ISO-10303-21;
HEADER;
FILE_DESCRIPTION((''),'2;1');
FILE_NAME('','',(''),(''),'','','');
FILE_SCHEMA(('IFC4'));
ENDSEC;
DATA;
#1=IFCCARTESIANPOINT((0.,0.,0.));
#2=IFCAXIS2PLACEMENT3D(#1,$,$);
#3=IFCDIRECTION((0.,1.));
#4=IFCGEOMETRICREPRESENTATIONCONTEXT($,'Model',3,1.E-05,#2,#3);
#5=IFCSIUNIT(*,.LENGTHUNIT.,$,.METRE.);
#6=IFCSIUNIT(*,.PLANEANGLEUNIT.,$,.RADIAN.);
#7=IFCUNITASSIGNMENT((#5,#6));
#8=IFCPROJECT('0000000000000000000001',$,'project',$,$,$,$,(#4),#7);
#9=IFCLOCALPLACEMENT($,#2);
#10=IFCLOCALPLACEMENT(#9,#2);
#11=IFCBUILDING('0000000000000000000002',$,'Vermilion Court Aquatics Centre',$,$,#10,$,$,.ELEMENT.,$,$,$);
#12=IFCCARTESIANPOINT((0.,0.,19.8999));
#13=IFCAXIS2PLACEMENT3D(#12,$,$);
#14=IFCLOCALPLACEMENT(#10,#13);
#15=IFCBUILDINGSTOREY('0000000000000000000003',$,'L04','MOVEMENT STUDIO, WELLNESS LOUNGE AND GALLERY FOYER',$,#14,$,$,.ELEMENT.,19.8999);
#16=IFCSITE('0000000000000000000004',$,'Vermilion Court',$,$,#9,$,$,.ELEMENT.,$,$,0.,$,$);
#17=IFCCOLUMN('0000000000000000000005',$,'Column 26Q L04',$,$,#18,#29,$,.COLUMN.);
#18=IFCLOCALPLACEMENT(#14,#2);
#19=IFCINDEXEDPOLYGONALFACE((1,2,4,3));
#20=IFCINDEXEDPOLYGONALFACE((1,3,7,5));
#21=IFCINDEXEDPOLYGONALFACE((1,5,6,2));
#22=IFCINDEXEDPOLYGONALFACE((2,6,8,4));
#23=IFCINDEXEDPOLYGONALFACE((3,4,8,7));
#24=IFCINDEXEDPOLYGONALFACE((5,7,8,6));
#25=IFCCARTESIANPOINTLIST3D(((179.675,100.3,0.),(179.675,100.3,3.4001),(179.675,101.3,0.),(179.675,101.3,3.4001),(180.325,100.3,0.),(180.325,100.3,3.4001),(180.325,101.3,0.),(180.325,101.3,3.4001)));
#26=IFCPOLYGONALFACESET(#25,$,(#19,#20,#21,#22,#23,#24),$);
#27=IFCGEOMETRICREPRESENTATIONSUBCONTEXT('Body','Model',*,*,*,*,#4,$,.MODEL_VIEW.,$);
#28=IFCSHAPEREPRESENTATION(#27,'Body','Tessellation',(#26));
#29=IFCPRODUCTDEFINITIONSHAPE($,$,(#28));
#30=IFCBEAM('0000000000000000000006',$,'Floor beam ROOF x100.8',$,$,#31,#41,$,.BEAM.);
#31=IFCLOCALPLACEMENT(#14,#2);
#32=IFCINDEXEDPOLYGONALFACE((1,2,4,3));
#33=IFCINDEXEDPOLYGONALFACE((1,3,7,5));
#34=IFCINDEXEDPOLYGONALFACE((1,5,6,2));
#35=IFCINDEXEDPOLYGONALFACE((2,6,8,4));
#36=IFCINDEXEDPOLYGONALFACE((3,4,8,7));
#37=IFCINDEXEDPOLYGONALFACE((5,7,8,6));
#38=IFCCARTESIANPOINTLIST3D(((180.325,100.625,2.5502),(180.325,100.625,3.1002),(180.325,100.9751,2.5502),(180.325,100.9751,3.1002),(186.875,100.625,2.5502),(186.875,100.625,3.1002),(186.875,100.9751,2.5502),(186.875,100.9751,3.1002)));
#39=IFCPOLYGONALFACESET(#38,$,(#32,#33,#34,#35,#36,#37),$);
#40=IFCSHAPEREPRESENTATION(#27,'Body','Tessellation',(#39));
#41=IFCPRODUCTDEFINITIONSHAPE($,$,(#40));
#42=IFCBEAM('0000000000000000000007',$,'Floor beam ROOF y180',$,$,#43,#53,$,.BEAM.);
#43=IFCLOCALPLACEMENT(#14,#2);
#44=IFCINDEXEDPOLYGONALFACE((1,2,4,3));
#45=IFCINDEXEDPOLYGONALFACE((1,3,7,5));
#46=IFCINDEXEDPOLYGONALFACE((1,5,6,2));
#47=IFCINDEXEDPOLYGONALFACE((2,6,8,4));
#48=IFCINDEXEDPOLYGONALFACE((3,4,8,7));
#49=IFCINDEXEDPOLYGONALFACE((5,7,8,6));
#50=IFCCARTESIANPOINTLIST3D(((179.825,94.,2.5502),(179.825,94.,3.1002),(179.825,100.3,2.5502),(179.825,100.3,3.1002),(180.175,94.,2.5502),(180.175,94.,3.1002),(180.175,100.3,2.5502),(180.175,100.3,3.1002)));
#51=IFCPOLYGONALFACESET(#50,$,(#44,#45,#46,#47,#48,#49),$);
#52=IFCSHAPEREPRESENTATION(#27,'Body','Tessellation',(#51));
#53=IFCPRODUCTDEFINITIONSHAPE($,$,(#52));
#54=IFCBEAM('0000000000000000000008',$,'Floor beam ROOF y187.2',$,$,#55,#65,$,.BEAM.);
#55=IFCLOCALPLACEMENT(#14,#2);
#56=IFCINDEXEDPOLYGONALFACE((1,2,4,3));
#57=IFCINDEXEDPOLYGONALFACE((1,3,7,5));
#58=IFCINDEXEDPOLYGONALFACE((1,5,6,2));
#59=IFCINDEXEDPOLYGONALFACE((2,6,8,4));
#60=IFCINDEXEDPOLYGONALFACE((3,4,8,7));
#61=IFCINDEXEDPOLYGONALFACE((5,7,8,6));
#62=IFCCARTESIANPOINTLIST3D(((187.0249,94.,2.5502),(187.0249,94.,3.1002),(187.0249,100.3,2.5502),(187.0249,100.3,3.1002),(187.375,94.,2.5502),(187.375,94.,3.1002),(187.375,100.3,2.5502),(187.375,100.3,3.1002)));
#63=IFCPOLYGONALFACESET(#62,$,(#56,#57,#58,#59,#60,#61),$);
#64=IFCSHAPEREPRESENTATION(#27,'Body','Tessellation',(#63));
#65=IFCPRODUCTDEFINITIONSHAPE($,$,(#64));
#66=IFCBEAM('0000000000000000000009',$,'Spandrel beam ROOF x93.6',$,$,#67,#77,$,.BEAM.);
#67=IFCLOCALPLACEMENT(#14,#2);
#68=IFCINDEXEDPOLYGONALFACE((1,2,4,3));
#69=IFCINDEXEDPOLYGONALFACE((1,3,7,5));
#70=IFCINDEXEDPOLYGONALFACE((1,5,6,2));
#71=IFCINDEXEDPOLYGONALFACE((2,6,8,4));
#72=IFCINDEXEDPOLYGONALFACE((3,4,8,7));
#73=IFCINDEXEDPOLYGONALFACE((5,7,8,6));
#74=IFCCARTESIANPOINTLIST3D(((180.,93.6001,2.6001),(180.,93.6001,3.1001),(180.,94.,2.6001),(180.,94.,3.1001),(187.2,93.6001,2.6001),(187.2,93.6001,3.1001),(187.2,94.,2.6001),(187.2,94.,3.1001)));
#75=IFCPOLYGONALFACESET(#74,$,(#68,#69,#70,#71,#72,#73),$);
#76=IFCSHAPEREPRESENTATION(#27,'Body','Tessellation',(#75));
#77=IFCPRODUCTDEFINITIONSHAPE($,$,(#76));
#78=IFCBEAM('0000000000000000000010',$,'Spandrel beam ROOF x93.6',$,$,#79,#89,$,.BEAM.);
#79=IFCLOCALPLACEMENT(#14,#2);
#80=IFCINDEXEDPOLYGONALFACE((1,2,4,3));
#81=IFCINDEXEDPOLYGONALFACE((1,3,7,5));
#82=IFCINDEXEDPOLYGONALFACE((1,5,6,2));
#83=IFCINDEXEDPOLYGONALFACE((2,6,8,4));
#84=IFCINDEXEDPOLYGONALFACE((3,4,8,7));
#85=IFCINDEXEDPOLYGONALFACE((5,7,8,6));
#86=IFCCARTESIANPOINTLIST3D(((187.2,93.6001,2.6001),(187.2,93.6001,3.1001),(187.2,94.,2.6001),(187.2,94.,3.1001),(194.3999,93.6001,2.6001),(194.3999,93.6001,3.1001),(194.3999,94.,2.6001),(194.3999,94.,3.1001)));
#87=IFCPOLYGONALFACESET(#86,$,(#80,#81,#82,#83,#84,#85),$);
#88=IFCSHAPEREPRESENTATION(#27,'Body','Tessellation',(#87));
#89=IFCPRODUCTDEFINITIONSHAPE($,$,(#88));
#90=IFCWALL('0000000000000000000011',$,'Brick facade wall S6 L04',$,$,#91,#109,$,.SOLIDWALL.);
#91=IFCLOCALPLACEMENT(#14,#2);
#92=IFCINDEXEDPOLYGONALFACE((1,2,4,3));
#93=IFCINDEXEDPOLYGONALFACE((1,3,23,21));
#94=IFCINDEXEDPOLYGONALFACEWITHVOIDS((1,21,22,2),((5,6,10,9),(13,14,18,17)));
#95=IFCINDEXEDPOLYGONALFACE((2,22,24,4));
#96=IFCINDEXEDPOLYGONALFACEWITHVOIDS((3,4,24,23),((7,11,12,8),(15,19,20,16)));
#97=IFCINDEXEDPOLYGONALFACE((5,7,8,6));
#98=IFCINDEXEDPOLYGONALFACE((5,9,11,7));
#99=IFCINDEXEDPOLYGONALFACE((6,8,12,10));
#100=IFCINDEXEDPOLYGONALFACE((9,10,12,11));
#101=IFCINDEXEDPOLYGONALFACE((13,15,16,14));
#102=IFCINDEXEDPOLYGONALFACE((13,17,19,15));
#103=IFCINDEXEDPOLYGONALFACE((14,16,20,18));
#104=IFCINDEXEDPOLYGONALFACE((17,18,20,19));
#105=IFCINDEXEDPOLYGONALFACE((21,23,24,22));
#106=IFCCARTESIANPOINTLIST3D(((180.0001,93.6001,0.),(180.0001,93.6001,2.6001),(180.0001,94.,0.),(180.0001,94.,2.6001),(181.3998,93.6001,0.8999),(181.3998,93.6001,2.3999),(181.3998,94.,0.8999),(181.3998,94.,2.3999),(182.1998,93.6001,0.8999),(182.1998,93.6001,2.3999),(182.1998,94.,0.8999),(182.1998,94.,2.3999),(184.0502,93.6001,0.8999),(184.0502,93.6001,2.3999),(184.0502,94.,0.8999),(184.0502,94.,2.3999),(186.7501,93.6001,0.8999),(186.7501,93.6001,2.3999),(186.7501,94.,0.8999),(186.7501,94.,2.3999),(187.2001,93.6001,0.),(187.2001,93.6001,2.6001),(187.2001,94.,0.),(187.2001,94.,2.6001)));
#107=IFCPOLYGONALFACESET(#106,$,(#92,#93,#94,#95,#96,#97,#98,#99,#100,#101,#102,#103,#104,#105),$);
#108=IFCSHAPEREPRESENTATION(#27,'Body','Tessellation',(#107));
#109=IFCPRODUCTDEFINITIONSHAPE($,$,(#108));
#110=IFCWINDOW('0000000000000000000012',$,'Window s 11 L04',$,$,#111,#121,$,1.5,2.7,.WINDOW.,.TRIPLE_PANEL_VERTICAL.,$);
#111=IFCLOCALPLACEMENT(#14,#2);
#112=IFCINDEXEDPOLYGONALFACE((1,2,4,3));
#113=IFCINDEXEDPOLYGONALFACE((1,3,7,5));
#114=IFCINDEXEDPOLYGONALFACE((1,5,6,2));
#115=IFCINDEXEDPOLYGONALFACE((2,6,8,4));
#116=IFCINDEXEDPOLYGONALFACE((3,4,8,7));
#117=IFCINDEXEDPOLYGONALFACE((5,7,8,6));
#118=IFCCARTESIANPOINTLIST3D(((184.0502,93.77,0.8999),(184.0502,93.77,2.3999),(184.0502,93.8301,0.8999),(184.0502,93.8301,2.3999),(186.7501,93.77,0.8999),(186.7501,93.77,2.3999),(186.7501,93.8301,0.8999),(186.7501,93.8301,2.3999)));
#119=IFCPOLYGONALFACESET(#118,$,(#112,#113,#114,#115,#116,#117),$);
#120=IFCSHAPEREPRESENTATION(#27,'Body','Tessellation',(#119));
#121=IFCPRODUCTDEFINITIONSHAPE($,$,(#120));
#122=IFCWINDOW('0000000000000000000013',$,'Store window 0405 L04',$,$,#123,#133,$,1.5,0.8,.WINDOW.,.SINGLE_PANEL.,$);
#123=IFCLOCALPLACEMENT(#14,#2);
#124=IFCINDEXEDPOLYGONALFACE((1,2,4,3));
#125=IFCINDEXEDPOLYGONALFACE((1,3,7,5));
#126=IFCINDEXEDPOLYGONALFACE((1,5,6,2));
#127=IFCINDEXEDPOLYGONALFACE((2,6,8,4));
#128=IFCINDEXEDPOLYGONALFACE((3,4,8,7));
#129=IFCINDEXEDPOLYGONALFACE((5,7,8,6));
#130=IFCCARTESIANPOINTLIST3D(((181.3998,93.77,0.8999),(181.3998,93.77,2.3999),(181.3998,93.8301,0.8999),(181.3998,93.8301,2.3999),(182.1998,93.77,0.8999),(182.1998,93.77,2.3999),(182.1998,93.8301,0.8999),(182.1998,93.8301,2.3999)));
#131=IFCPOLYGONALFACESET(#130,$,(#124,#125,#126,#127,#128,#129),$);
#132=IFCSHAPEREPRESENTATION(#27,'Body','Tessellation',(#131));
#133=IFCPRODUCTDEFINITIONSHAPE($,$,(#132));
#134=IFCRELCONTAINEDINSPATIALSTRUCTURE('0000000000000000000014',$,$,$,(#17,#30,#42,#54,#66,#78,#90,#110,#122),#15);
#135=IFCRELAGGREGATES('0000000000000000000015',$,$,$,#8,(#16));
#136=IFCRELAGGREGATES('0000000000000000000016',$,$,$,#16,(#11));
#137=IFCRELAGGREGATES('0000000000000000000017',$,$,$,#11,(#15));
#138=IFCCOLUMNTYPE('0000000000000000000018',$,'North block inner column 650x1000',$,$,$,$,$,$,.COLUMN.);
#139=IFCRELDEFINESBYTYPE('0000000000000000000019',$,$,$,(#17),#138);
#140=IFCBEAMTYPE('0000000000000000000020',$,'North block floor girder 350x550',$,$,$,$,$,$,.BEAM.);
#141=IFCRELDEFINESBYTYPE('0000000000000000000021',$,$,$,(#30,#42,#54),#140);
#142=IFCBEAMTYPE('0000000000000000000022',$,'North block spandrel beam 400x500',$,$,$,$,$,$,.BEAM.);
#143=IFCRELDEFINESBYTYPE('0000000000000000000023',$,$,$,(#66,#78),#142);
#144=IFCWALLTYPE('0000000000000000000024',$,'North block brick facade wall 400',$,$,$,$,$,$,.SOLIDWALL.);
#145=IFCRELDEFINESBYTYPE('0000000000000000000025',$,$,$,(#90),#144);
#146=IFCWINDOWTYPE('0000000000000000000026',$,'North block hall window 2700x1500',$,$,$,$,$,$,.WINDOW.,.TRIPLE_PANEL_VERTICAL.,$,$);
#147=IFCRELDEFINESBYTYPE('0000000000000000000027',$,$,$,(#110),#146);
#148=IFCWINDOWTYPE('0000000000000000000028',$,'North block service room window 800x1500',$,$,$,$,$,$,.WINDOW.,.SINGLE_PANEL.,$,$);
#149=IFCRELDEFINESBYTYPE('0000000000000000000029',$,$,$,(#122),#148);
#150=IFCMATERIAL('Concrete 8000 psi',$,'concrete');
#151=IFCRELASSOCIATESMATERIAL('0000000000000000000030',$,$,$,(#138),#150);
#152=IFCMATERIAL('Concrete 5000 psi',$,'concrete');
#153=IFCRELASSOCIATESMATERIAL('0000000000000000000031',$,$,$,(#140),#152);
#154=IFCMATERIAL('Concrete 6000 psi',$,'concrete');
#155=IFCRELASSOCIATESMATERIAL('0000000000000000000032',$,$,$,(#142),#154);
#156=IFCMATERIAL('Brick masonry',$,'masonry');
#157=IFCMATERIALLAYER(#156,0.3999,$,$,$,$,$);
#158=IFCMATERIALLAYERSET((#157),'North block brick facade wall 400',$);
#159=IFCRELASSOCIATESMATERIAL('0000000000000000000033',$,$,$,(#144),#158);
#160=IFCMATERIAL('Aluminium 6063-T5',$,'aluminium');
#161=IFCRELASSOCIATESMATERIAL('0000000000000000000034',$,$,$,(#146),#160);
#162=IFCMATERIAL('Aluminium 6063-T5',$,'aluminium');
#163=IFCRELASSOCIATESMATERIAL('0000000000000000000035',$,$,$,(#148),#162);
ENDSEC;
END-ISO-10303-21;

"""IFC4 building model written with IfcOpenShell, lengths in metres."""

from ifc_helpers import new_model, si_unit, direction, frame, frame_2d, origin, origin_2d, place, context, subcontext, project, spatial, rectangle, extrude, material, layer, layer_set, material_profile, profile_set, type_object, element, fill, save


model = new_model("IFC4")

# Units and contexts
model_context = context("Model", 3, precision=1e-05, world=origin(), true_north=direction((0.0, 1.0)))
body_context = subcontext(model_context, "Body", "Model", "MODEL_VIEW")
ifc_project = project(units=[si_unit("LENGTHUNIT", "METRE"), si_unit("PLANEANGLEUNIT", "RADIAN")], contexts=[model_context])

# Site, building, storey
site_placement = place(None, origin())
site = spatial("IfcSite", under=ifc_project, at=site_placement, Name="Vermilion Court", CompositionType="ELEMENT", RefElevation=0.0)
building_placement = place(site_placement, origin())
building = spatial("IfcBuilding", under=site, at=building_placement, Name="Vermilion Court Aquatics Centre", CompositionType="ELEMENT")
storey_placement = place(building_placement, frame((0.0, 0.0, 19.8999)))
storey = spatial("IfcBuildingStorey", under=building, at=storey_placement, Name="L04", Description="MOVEMENT STUDIO, WELLNESS LOUNGE AND GALLERY FOYER", CompositionType="ELEMENT", Elevation=19.8999)

# Column
ifc_material_1 = material(Name="Concrete 8000 psi", Category="concrete")
ifc_material_profile_1 = material_profile(ifc_material_1, rectangle(XDim=0.6499, YDim=1.0, at=origin_2d()), Name="RC 650x1000")
ifc_profile_set_1 = profile_set([ifc_material_profile_1], Name="Concrete 8000 psi")
column_type = type_object("IfcColumnType", Name="North block inner column 650x1000", PredefinedType="COLUMN", material=ifc_profile_set_1)
column_placement = place(storey_placement, frame((180.0, 100.8, 0.0), z_axis=(0.0, 0.0, 1.0), x_axis=(1.0, 0.0, 0.0)))
element("IfcColumn", 1, at=column_placement, inside=storey, type_object=column_type, Name="Column 26Q L04", PredefinedType="COLUMN", context=body_context, shape_type="SweptSolid", body=[
    extrude(rectangle(XDim=0.6499, YDim=1.0, at=origin_2d()), origin(), (0.0, 0.0, 1.0), 3.4001),
])

# Beams
ifc_material_2 = material(Name="Concrete 5000 psi", Category="concrete")
ifc_material_profile_2 = material_profile(ifc_material_2, rectangle(XDim=0.3501, YDim=0.55, at=origin_2d()), Name="RC 350x550")
ifc_profile_set_2 = profile_set([ifc_material_profile_2], Name="Concrete 5000 psi")
beam_type_1 = type_object("IfcBeamType", Name="North block floor girder 350x550", PredefinedType="BEAM", material=ifc_profile_set_2)
beam_placement = place(storey_placement, frame((180.325, 100.8, 2.8252), z_axis=(1.0, 0.0, 0.0), x_axis=(0.0, 1.0, 0.0)))
element("IfcBeam", 2, at=beam_placement, inside=storey, type_object=beam_type_1, Name="Floor beam ROOF x100.8", PredefinedType="BEAM", context=body_context, shape_type="SweptSolid", body=[
    extrude(rectangle(XDim=0.3501, YDim=0.55, at=origin_2d()), origin(), (0.0, 0.0, 1.0), 6.55),
])
for number, where, z_axis, x_axis, name in (
    (3, (180.0, 94.0, 2.8252), (0.0, 1.0, 0.0), (-1.0, 0.0, 0.0), "Floor beam ROOF y180"),
    (4, (187.2, 94.0, 2.8252), (0.0, 1.0, 0.0), (-1.0, 0.0, 0.0), "Floor beam ROOF y187.2"),
):
    element("IfcBeam", number, at=place(storey_placement, frame(where, z_axis=z_axis, x_axis=x_axis)), inside=storey, type_object=beam_type_1, Name=name, PredefinedType="BEAM", context=body_context, shape_type="SweptSolid", body=[
        extrude(rectangle(XDim=0.3501, YDim=0.55, at=origin_2d()), origin(), (0.0, 0.0, 1.0), 6.3),
    ])
ifc_material_3 = material(Name="Concrete 6000 psi", Category="concrete")
ifc_material_profile_3 = material_profile(ifc_material_3, rectangle(XDim=0.3999, YDim=0.5, at=origin_2d()), Name="RC 400x500")
ifc_profile_set_3 = profile_set([ifc_material_profile_3], Name="Concrete 6000 psi")
beam_type_2 = type_object("IfcBeamType", Name="North block spandrel beam 400x500", PredefinedType="BEAM", material=ifc_profile_set_3)
for number, where, z_axis, x_axis, name in (
    (5, (180.0, 93.8, 2.8501), (1.0, 0.0, 0.0), (0.0, 1.0, 0.0), "Spandrel beam ROOF x93.6"),
    (6, (187.2, 93.8, 2.8501), (1.0, 0.0, 0.0), (0.0, 1.0, 0.0), "Spandrel beam ROOF x93.6"),
):
    element("IfcBeam", number, at=place(storey_placement, frame(where, z_axis=z_axis, x_axis=x_axis)), inside=storey, type_object=beam_type_2, Name=name, PredefinedType="BEAM", context=body_context, shape_type="SweptSolid", body=[
        extrude(rectangle(XDim=0.3999, YDim=0.5, at=origin_2d()), origin(), (0.0, 0.0, 1.0), 7.2),
    ])

# Wall, openings, windows
ifc_material_4 = material(Name="Brick masonry", Category="masonry")
ifc_layer_1 = layer(ifc_material_4, 0.3999)
ifc_layer_set_1 = layer_set([ifc_layer_1], Name="North block brick facade wall 400")
wall_type_1 = type_object("IfcWallType", Name="North block brick facade wall 400", PredefinedType="SOLIDWALL", material=ifc_layer_set_1)
wall_1_placement = place(storey_placement, frame((180.0, 93.8, 0.0), z_axis=(0.0, 0.0, 1.0), x_axis=(1.0, 0.0, 0.0)))
wall_1 = element("IfcWall", 7, at=wall_1_placement, inside=storey, type_object=wall_type_1, Name="Brick facade wall S6 L04", PredefinedType="SOLIDWALL", context=body_context, shape_type="SweptSolid", body=[
    extrude(rectangle(XDim=7.2, YDim=0.3999, at=frame_2d((3.6001, 0.0))), origin(), (0.0, 0.0, 1.0), 2.6001),
])
opening_1_placement = place(wall_1_placement, frame((1.3999, 0.0, 0.8999)))
opening_1 = element("IfcOpeningElement", 8, at=opening_1_placement, cuts=wall_1, PredefinedType="OPENING", context=body_context, shape_type="SweptSolid", body=[
    extrude(rectangle(XDim=0.8, YDim=1.5, at=frame_2d((0.3999, 0.75))), frame((0.0, 0.21, 0.0), z_axis=(0.0, -1.0, 0.0), x_axis=(1.0, 0.0, 0.0)), (0.0, 0.0, 1.0), 0.4199),
])
opening_2_placement = place(wall_1_placement, frame((4.05, 0.0, 0.8999)))
opening_2 = element("IfcOpeningElement", 9, at=opening_2_placement, cuts=wall_1, PredefinedType="OPENING", context=body_context, shape_type="SweptSolid", body=[
    extrude(rectangle(XDim=2.7, YDim=1.5, at=frame_2d((1.3501, 0.75))), frame((0.0, 0.21, 0.0), z_axis=(0.0, -1.0, 0.0), x_axis=(1.0, 0.0, 0.0)), (0.0, 0.0, 1.0), 0.4199),
])
ifc_material_5 = material(Name="Aluminium 6063-T5", Category="aluminium")
window_type_1 = type_object("IfcWindowType", Name="North block hall window 2700x1500", PartitioningType="TRIPLE_PANEL_VERTICAL", PredefinedType="WINDOW", material=ifc_material_5)
window_1_placement = place(opening_2_placement, origin())
window_1 = element("IfcWindow", 10, at=window_1_placement, inside=storey, type_object=window_type_1, Name="Window s 11 L04", OverallHeight=1.5, OverallWidth=2.7, PartitioningType="TRIPLE_PANEL_VERTICAL", PredefinedType="WINDOW", context=body_context, shape_type="SweptSolid", body=[
    extrude(rectangle(XDim=2.7, YDim=1.5, at=frame_2d((1.3501, 0.75))), frame((0.0, 0.03, 0.0), z_axis=(0.0, -1.0, 0.0), x_axis=(1.0, 0.0, 0.0)), (0.0, 0.0, 1.0), 0.0601),
])
fill(opening_2, window_1)
ifc_material_6 = material(Name="Aluminium 6063-T5", Category="aluminium")
window_type_2 = type_object("IfcWindowType", Name="North block service room window 800x1500", PartitioningType="SINGLE_PANEL", PredefinedType="WINDOW", material=ifc_material_6)
window_2_placement = place(opening_1_placement, origin())
window_2 = element("IfcWindow", 11, at=window_2_placement, inside=storey, type_object=window_type_2, Name="Store window 0405 L04", OverallHeight=1.5, OverallWidth=0.8, PartitioningType="SINGLE_PANEL", PredefinedType="WINDOW", context=body_context, shape_type="SweptSolid", body=[
    extrude(rectangle(XDim=0.8, YDim=1.5, at=frame_2d((0.3999, 0.75))), frame((0.0, 0.03, 0.0), z_axis=(0.0, -1.0, 0.0), x_axis=(1.0, 0.0, 0.0)), (0.0, 0.0, 1.0), 0.0601),
])
fill(opening_1, window_2)

save(model, "model.ifc")
